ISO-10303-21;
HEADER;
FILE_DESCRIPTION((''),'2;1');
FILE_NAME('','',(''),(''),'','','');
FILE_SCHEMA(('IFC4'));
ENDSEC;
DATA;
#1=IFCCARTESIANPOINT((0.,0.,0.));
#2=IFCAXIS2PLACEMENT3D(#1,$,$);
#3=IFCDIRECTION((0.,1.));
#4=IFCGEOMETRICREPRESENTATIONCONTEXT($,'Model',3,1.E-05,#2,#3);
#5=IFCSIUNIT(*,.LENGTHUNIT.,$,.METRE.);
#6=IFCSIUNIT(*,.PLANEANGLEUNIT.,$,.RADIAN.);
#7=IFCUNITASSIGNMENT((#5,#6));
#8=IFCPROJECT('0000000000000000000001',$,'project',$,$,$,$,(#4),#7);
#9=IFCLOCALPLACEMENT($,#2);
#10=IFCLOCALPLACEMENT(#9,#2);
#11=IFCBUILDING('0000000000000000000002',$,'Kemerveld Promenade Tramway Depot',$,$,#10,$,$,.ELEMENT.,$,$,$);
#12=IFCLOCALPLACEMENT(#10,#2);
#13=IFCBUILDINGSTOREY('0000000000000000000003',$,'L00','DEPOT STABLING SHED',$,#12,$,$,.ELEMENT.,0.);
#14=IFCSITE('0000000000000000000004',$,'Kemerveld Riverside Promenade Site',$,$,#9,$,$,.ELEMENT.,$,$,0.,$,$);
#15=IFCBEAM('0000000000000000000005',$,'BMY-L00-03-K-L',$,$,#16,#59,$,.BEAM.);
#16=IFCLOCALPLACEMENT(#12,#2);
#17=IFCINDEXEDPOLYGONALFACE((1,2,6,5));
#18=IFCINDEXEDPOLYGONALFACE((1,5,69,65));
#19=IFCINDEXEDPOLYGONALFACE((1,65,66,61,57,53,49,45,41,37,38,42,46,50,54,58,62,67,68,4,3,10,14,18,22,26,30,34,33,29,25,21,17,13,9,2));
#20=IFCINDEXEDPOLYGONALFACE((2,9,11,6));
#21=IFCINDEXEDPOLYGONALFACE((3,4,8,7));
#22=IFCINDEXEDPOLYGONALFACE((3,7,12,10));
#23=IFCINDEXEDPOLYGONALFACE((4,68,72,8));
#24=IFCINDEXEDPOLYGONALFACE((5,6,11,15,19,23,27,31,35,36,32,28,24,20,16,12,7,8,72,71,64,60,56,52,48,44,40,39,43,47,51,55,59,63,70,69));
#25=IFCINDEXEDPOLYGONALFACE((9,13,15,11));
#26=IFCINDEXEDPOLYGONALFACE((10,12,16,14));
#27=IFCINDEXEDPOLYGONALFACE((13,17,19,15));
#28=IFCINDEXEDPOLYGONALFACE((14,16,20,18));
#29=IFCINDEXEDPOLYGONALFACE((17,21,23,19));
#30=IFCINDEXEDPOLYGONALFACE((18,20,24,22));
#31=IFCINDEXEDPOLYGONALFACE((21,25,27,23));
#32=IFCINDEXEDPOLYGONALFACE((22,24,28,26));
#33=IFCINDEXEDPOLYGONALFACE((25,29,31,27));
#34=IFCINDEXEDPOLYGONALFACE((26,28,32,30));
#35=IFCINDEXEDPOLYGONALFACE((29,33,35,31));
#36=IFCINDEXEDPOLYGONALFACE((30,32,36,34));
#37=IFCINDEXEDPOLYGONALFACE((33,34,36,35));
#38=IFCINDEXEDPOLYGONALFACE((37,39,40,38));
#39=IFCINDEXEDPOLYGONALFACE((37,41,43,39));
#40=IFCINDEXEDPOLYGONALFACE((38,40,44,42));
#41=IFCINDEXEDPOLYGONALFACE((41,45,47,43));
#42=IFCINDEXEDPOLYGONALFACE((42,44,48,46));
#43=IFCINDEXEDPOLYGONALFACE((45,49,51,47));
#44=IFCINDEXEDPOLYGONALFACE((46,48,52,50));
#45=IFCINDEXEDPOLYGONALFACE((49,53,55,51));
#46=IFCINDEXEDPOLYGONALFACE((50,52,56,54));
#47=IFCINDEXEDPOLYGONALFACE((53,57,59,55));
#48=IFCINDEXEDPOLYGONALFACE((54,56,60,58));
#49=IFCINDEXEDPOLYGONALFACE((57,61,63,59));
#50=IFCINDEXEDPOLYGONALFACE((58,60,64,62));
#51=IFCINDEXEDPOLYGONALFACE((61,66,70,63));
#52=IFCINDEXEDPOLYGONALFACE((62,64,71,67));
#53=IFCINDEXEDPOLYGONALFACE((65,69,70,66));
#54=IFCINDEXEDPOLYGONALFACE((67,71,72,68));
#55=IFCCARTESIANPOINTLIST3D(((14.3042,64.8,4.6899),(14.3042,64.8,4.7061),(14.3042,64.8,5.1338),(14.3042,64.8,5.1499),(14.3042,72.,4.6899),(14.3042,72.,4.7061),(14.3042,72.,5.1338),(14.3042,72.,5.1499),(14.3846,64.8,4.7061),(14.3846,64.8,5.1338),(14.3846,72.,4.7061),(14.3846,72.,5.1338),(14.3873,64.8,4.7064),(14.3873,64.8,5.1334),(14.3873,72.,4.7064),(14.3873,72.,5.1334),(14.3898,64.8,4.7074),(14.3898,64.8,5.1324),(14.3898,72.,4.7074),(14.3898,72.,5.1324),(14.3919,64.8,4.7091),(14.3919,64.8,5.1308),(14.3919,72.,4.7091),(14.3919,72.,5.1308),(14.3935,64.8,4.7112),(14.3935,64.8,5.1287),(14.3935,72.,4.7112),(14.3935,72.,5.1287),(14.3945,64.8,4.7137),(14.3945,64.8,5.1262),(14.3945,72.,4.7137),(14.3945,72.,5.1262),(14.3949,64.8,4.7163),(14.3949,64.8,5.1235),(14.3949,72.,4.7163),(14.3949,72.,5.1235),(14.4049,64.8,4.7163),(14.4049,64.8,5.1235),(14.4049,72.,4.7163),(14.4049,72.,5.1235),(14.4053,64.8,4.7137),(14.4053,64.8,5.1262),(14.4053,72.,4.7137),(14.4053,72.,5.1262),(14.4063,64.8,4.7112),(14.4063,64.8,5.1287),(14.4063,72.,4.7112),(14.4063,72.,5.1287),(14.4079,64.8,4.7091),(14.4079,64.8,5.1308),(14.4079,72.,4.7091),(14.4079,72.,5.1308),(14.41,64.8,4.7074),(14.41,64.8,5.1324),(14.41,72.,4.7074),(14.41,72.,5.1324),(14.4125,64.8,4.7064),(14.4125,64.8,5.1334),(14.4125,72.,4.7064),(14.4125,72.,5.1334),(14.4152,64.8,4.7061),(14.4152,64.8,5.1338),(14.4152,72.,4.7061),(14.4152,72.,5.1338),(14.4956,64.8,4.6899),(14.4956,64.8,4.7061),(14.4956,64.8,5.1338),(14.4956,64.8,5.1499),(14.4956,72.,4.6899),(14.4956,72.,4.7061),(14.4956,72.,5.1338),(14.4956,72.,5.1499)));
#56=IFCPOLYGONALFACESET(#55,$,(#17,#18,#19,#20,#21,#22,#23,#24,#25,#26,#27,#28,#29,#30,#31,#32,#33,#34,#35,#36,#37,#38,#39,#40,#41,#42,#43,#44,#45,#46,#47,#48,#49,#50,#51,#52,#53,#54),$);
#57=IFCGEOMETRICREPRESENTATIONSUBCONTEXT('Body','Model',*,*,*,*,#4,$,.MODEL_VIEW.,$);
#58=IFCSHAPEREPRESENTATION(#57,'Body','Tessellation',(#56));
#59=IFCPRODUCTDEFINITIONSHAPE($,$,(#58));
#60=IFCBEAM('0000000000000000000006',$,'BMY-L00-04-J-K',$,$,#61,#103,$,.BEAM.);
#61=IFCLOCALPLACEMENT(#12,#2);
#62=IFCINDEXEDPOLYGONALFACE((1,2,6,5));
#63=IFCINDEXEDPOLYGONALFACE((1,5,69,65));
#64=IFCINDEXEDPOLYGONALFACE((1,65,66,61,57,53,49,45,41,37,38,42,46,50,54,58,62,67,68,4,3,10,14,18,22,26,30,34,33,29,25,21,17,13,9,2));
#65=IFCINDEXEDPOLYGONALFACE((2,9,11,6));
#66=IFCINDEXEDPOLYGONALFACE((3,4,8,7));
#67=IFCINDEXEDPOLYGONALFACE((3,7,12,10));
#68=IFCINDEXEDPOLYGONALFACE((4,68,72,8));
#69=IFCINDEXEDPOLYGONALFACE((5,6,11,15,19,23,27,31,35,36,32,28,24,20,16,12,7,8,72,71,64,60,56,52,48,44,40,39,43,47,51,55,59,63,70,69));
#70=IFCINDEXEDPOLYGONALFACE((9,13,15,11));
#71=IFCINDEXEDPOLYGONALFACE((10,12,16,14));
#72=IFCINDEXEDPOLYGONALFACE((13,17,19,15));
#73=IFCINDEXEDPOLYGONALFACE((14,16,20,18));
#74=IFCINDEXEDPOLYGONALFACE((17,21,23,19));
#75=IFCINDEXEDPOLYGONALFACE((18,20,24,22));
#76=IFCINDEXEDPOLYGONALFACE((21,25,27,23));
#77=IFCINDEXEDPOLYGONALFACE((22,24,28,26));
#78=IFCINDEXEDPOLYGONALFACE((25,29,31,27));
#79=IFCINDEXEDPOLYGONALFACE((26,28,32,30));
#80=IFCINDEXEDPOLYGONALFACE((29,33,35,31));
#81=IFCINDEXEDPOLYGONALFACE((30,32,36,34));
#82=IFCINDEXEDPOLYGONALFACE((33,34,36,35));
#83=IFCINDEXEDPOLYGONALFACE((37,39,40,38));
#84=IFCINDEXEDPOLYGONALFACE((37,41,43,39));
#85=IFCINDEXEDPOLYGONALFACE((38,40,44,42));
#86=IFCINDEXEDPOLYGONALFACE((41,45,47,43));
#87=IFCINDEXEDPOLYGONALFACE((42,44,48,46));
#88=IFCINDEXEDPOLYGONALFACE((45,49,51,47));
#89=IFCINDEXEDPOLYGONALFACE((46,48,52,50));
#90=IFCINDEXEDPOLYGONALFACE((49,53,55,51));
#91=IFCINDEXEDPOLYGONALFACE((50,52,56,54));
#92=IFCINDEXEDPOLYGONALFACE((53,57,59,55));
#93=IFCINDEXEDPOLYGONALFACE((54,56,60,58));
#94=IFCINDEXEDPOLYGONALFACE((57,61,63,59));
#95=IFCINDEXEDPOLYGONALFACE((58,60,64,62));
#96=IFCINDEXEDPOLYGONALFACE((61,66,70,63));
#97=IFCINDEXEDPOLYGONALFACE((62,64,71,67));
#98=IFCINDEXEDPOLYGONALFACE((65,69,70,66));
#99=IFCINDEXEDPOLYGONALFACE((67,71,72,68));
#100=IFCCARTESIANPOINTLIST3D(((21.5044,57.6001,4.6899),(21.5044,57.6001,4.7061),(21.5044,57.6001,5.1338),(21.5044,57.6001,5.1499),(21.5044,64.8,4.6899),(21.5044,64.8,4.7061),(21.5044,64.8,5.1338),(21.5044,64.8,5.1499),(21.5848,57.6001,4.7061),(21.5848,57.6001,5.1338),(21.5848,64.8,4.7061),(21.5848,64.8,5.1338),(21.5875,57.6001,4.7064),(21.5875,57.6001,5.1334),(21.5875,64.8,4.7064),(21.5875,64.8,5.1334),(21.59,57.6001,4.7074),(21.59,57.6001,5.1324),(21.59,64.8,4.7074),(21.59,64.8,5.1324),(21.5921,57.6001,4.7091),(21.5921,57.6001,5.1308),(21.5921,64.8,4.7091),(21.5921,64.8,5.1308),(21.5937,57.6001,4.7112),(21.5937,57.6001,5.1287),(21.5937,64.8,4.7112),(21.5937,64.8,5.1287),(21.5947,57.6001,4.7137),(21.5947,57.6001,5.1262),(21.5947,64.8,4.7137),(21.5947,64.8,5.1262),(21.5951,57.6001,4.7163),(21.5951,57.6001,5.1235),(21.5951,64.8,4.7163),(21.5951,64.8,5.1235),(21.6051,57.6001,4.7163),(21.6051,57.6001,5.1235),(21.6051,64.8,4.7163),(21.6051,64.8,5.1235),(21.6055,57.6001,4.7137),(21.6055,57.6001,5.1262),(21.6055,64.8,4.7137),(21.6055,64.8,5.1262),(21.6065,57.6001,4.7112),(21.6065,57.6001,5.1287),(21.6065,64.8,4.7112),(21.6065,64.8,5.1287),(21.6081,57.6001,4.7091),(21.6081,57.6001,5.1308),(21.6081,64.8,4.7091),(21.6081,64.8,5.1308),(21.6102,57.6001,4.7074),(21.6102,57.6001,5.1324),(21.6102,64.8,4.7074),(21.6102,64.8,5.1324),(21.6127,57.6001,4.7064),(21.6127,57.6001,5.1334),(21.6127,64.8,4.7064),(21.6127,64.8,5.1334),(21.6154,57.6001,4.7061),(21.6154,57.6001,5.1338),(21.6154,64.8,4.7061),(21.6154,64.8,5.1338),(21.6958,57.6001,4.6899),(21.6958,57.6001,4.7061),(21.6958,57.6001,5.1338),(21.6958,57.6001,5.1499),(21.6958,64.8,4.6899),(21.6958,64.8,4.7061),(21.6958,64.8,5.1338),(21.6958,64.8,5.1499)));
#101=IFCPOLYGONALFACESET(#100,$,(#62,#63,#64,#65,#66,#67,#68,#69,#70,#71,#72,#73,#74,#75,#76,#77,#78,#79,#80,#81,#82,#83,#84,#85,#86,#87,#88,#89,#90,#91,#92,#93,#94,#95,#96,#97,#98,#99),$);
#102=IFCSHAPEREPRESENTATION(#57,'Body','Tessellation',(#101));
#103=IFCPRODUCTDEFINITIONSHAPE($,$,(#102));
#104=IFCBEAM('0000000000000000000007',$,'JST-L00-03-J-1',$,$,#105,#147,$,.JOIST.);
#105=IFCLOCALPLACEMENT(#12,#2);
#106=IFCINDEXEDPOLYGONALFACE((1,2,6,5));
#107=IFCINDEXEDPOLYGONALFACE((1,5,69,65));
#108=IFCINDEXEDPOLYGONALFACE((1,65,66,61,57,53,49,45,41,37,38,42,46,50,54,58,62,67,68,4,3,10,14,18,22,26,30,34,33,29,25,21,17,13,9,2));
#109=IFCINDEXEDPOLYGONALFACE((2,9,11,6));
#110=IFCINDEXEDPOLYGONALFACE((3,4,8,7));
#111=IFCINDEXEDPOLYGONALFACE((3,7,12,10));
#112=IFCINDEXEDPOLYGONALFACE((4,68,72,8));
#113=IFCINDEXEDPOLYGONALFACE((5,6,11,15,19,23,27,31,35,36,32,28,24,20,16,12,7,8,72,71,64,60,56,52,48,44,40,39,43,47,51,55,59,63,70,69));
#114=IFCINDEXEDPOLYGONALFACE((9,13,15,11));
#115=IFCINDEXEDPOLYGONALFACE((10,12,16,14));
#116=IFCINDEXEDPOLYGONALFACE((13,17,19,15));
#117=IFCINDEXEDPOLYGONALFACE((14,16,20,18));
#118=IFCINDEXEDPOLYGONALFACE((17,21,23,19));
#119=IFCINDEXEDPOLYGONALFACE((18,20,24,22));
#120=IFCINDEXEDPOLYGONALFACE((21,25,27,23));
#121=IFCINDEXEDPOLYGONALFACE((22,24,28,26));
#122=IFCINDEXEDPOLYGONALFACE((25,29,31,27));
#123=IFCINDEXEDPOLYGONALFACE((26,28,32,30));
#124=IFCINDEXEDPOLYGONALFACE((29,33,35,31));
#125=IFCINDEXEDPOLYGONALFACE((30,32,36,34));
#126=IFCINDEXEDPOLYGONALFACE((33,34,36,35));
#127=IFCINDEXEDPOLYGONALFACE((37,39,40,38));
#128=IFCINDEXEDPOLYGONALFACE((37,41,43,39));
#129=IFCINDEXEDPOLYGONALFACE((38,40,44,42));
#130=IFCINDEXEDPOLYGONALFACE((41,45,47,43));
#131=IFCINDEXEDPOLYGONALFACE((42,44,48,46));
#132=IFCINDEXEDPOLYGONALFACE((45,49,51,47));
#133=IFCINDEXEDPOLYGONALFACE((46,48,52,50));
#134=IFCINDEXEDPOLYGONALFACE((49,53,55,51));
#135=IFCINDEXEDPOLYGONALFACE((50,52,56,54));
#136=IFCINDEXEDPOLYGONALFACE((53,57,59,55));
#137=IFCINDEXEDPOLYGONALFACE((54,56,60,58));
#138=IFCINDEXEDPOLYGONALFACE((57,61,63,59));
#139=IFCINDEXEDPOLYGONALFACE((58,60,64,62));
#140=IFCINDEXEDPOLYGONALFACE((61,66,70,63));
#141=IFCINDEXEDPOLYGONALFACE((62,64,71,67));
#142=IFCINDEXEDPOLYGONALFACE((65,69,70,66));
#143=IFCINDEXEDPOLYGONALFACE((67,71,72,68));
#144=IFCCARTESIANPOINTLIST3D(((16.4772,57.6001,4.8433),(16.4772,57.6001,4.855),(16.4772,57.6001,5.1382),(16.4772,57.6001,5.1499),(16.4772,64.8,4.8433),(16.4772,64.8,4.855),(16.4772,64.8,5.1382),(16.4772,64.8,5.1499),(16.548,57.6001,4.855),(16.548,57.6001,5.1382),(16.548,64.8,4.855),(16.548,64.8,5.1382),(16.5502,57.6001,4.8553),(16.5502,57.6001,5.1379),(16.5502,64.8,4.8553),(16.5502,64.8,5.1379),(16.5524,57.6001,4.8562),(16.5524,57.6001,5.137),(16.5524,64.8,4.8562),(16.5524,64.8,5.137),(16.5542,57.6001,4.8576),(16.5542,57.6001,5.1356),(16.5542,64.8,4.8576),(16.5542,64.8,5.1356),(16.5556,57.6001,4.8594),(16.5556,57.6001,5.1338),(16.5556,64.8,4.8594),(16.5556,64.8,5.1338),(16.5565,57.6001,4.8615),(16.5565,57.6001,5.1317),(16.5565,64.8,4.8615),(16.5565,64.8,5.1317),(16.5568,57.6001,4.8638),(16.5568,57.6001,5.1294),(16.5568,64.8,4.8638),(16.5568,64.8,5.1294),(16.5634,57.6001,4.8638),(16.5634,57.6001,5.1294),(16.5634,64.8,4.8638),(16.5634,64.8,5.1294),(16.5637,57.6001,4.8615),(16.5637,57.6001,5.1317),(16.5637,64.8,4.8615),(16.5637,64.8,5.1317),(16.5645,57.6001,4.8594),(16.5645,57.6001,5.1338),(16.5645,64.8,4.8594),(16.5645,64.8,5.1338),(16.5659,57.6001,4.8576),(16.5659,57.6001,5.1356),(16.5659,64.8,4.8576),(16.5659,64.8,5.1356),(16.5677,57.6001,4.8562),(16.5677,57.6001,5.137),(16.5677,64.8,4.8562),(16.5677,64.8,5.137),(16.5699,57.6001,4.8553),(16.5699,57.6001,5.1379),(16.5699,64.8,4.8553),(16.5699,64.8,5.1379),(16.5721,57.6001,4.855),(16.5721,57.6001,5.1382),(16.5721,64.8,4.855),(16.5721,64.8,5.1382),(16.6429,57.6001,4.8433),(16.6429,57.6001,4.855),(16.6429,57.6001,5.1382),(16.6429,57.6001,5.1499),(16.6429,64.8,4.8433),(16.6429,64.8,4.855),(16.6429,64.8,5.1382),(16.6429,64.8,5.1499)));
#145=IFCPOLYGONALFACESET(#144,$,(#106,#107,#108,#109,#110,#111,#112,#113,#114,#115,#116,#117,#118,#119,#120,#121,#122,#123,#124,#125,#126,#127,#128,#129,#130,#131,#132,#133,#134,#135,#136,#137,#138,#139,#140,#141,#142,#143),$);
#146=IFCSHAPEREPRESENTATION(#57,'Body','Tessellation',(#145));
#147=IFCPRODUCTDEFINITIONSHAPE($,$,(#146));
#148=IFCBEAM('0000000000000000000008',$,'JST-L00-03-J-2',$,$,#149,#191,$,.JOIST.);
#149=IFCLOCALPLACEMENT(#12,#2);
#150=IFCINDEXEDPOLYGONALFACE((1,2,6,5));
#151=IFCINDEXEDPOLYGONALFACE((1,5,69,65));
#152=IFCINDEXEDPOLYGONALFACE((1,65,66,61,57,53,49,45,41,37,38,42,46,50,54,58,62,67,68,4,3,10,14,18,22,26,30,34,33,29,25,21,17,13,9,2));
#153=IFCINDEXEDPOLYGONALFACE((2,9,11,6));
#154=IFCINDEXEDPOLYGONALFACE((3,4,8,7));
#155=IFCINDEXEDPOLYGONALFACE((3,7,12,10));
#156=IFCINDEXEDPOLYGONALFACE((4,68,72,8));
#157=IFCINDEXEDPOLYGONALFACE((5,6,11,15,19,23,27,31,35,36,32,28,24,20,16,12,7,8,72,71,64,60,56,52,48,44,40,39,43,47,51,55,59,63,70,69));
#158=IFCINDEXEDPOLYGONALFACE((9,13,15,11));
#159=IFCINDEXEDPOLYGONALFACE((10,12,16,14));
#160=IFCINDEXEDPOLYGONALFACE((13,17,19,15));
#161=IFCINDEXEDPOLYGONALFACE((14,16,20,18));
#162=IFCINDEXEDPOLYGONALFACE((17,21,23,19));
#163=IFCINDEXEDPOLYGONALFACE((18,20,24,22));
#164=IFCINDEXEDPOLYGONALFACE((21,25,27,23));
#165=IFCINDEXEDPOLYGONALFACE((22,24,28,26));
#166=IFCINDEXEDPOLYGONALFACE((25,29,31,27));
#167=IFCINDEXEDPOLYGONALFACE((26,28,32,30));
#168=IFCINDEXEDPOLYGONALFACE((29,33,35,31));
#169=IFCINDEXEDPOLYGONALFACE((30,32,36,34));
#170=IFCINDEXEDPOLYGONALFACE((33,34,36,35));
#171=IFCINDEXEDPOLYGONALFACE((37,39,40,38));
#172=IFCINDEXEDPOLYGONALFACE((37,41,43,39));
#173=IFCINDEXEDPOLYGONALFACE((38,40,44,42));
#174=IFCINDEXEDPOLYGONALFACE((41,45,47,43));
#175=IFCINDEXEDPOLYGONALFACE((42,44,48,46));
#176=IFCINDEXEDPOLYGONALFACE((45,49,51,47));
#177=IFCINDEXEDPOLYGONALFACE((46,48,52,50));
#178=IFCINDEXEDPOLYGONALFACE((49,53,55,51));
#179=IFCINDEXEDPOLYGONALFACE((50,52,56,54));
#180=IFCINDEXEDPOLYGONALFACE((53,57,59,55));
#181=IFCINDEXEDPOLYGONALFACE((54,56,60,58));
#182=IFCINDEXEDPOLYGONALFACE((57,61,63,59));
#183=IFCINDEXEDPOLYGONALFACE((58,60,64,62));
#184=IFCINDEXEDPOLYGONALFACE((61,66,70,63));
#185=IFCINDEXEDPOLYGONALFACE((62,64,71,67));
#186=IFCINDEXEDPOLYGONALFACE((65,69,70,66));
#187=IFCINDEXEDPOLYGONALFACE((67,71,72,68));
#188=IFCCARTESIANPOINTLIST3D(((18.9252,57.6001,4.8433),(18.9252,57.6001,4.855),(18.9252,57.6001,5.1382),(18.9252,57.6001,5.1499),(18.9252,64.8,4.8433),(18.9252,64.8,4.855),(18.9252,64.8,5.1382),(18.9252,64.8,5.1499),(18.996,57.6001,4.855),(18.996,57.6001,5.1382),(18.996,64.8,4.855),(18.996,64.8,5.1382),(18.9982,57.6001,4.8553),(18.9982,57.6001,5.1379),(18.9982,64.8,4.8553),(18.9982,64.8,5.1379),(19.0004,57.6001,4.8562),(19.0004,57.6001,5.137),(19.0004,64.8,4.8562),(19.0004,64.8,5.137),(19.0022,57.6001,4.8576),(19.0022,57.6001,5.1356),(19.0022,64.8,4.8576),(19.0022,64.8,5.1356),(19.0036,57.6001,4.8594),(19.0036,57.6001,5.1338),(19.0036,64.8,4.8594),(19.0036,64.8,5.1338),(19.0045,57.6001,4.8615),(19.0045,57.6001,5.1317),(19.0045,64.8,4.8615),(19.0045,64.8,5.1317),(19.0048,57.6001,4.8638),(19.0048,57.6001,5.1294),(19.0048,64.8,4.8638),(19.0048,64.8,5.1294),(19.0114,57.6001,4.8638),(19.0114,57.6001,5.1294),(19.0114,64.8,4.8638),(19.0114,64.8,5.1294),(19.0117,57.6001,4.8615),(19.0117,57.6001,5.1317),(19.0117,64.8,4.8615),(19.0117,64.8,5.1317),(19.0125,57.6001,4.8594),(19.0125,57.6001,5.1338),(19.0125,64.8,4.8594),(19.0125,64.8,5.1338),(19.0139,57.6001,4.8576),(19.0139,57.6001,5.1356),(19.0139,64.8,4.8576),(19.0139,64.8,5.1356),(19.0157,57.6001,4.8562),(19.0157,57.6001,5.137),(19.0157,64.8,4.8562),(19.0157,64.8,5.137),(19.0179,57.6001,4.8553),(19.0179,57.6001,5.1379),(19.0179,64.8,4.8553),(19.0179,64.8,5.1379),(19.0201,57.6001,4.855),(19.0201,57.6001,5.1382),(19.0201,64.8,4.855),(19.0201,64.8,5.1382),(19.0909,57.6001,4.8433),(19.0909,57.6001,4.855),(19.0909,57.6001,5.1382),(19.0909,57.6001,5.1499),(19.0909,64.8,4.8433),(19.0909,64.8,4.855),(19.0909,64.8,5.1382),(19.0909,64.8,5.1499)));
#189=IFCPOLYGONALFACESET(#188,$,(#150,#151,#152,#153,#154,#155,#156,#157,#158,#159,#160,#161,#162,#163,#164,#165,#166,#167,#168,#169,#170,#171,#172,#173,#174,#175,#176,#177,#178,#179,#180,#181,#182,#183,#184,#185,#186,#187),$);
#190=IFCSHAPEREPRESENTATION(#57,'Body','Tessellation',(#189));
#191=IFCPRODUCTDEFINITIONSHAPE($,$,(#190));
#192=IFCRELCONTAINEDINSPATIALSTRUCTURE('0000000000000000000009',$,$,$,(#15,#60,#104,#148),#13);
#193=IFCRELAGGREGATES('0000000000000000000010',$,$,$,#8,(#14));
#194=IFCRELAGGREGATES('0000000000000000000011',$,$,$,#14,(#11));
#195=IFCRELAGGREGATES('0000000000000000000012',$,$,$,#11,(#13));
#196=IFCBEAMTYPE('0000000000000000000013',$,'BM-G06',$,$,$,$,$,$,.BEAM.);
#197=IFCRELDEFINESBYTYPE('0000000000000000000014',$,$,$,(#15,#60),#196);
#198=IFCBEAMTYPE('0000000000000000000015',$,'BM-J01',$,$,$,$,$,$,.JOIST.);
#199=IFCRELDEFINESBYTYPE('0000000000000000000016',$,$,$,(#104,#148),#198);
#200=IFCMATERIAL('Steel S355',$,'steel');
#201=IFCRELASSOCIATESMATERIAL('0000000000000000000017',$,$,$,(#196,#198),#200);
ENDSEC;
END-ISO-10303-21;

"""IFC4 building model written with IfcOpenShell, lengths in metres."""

from ifc_helpers import new_model, si_unit, direction, frame, origin, origin_2d, place, context, subcontext, project, spatial, i_section, extrude, material, material_profile, profile_set, type_object, element, save


model = new_model("IFC4")

# Units and contexts
model_context = context("Model", 3, precision=1e-05, world=origin(), true_north=direction((0.0, 1.0)))
body_context = subcontext(model_context, "Body", "Model", "MODEL_VIEW")
ifc_project = project(units=[si_unit("LENGTHUNIT", "METRE"), si_unit("PLANEANGLEUNIT", "RADIAN")], contexts=[model_context])

# Site, building, storey
site_placement = place(None, origin())
site = spatial("IfcSite", under=ifc_project, at=site_placement, Name="Kemerveld Riverside Promenade Site", CompositionType="ELEMENT", RefElevation=0.0)
building_placement = place(site_placement, origin())
building = spatial("IfcBuilding", under=site, at=building_placement, Name="Kemerveld Promenade Tramway Depot", CompositionType="ELEMENT")
storey_placement = place(building_placement, origin())
storey = spatial("IfcBuildingStorey", under=building, at=storey_placement, Name="L00", Description="DEPOT STABLING SHED", CompositionType="ELEMENT", Elevation=0.0)

# Shared definitions
ifc_material_1 = material(Name="Steel S355", Category="steel")

# Beams
ifc_material_profile_1 = material_profile(ifc_material_1, i_section(OverallWidth=0.1914, OverallDepth=0.46, WebThickness=0.01, FlangeThickness=0.0161, FilletRadius=0.0103, at=origin_2d()), Name="457x191x82 UB")
ifc_profile_set_1 = profile_set([ifc_material_profile_1], Name="Steel S355")
beam_type_1 = type_object("IfcBeamType", Name="BM-G06", PredefinedType="BEAM", material=ifc_profile_set_1)
for number, where, z_axis, x_axis, name in (
    (1, (14.3999, 64.8, 4.9199), (0.0, 1.0, 0.0), (-1.0, 0.0, 0.0), "BMY-L00-03-K-L"),
    (2, (21.6001, 57.6001, 4.9199), (0.0, 1.0, 0.0), (-1.0, 0.0, 0.0), "BMY-L00-04-J-K"),
):
    element("IfcBeam", number, at=place(storey_placement, frame(where, z_axis=z_axis, x_axis=x_axis)), inside=storey, type_object=beam_type_1, Name=name, PredefinedType="BEAM", context=body_context, shape_type="SweptSolid", body=[
        extrude(i_section(OverallWidth=0.1914, OverallDepth=0.46, WebThickness=0.01, FlangeThickness=0.0161, FilletRadius=0.0103, at=origin_2d()), origin(), (0.0, 0.0, 1.0), 7.2),
    ])
ifc_material_profile_2 = material_profile(ifc_material_1, i_section(OverallWidth=0.1658, OverallDepth=0.3066, WebThickness=0.0066, FlangeThickness=0.0117, FilletRadius=0.0088, at=origin_2d()), Name="305x165x46 UB")
ifc_profile_set_2 = profile_set([ifc_material_profile_2], Name="Steel S355")
beam_type_2 = type_object("IfcBeamType", Name="BM-J01", PredefinedType="JOIST", material=ifc_profile_set_2)
for number, where, z_axis, x_axis, name in (
    (3, (16.5601, 57.6001, 4.9966), (0.0, 1.0, 0.0), (-1.0, 0.0, 0.0), "JST-L00-03-J-1"),
    (4, (19.0081, 57.6001, 4.9966), (0.0, 1.0, 0.0), (-1.0, 0.0, 0.0), "JST-L00-03-J-2"),
):
    element("IfcBeam", number, at=place(storey_placement, frame(where, z_axis=z_axis, x_axis=x_axis)), inside=storey, type_object=beam_type_2, Name=name, PredefinedType="JOIST", context=body_context, shape_type="SweptSolid", body=[
        extrude(i_section(OverallWidth=0.1658, OverallDepth=0.3066, WebThickness=0.0066, FlangeThickness=0.0117, FilletRadius=0.0088, at=origin_2d()), origin(), (0.0, 0.0, 1.0), 7.2),
    ])

save(model, "model.ifc")
